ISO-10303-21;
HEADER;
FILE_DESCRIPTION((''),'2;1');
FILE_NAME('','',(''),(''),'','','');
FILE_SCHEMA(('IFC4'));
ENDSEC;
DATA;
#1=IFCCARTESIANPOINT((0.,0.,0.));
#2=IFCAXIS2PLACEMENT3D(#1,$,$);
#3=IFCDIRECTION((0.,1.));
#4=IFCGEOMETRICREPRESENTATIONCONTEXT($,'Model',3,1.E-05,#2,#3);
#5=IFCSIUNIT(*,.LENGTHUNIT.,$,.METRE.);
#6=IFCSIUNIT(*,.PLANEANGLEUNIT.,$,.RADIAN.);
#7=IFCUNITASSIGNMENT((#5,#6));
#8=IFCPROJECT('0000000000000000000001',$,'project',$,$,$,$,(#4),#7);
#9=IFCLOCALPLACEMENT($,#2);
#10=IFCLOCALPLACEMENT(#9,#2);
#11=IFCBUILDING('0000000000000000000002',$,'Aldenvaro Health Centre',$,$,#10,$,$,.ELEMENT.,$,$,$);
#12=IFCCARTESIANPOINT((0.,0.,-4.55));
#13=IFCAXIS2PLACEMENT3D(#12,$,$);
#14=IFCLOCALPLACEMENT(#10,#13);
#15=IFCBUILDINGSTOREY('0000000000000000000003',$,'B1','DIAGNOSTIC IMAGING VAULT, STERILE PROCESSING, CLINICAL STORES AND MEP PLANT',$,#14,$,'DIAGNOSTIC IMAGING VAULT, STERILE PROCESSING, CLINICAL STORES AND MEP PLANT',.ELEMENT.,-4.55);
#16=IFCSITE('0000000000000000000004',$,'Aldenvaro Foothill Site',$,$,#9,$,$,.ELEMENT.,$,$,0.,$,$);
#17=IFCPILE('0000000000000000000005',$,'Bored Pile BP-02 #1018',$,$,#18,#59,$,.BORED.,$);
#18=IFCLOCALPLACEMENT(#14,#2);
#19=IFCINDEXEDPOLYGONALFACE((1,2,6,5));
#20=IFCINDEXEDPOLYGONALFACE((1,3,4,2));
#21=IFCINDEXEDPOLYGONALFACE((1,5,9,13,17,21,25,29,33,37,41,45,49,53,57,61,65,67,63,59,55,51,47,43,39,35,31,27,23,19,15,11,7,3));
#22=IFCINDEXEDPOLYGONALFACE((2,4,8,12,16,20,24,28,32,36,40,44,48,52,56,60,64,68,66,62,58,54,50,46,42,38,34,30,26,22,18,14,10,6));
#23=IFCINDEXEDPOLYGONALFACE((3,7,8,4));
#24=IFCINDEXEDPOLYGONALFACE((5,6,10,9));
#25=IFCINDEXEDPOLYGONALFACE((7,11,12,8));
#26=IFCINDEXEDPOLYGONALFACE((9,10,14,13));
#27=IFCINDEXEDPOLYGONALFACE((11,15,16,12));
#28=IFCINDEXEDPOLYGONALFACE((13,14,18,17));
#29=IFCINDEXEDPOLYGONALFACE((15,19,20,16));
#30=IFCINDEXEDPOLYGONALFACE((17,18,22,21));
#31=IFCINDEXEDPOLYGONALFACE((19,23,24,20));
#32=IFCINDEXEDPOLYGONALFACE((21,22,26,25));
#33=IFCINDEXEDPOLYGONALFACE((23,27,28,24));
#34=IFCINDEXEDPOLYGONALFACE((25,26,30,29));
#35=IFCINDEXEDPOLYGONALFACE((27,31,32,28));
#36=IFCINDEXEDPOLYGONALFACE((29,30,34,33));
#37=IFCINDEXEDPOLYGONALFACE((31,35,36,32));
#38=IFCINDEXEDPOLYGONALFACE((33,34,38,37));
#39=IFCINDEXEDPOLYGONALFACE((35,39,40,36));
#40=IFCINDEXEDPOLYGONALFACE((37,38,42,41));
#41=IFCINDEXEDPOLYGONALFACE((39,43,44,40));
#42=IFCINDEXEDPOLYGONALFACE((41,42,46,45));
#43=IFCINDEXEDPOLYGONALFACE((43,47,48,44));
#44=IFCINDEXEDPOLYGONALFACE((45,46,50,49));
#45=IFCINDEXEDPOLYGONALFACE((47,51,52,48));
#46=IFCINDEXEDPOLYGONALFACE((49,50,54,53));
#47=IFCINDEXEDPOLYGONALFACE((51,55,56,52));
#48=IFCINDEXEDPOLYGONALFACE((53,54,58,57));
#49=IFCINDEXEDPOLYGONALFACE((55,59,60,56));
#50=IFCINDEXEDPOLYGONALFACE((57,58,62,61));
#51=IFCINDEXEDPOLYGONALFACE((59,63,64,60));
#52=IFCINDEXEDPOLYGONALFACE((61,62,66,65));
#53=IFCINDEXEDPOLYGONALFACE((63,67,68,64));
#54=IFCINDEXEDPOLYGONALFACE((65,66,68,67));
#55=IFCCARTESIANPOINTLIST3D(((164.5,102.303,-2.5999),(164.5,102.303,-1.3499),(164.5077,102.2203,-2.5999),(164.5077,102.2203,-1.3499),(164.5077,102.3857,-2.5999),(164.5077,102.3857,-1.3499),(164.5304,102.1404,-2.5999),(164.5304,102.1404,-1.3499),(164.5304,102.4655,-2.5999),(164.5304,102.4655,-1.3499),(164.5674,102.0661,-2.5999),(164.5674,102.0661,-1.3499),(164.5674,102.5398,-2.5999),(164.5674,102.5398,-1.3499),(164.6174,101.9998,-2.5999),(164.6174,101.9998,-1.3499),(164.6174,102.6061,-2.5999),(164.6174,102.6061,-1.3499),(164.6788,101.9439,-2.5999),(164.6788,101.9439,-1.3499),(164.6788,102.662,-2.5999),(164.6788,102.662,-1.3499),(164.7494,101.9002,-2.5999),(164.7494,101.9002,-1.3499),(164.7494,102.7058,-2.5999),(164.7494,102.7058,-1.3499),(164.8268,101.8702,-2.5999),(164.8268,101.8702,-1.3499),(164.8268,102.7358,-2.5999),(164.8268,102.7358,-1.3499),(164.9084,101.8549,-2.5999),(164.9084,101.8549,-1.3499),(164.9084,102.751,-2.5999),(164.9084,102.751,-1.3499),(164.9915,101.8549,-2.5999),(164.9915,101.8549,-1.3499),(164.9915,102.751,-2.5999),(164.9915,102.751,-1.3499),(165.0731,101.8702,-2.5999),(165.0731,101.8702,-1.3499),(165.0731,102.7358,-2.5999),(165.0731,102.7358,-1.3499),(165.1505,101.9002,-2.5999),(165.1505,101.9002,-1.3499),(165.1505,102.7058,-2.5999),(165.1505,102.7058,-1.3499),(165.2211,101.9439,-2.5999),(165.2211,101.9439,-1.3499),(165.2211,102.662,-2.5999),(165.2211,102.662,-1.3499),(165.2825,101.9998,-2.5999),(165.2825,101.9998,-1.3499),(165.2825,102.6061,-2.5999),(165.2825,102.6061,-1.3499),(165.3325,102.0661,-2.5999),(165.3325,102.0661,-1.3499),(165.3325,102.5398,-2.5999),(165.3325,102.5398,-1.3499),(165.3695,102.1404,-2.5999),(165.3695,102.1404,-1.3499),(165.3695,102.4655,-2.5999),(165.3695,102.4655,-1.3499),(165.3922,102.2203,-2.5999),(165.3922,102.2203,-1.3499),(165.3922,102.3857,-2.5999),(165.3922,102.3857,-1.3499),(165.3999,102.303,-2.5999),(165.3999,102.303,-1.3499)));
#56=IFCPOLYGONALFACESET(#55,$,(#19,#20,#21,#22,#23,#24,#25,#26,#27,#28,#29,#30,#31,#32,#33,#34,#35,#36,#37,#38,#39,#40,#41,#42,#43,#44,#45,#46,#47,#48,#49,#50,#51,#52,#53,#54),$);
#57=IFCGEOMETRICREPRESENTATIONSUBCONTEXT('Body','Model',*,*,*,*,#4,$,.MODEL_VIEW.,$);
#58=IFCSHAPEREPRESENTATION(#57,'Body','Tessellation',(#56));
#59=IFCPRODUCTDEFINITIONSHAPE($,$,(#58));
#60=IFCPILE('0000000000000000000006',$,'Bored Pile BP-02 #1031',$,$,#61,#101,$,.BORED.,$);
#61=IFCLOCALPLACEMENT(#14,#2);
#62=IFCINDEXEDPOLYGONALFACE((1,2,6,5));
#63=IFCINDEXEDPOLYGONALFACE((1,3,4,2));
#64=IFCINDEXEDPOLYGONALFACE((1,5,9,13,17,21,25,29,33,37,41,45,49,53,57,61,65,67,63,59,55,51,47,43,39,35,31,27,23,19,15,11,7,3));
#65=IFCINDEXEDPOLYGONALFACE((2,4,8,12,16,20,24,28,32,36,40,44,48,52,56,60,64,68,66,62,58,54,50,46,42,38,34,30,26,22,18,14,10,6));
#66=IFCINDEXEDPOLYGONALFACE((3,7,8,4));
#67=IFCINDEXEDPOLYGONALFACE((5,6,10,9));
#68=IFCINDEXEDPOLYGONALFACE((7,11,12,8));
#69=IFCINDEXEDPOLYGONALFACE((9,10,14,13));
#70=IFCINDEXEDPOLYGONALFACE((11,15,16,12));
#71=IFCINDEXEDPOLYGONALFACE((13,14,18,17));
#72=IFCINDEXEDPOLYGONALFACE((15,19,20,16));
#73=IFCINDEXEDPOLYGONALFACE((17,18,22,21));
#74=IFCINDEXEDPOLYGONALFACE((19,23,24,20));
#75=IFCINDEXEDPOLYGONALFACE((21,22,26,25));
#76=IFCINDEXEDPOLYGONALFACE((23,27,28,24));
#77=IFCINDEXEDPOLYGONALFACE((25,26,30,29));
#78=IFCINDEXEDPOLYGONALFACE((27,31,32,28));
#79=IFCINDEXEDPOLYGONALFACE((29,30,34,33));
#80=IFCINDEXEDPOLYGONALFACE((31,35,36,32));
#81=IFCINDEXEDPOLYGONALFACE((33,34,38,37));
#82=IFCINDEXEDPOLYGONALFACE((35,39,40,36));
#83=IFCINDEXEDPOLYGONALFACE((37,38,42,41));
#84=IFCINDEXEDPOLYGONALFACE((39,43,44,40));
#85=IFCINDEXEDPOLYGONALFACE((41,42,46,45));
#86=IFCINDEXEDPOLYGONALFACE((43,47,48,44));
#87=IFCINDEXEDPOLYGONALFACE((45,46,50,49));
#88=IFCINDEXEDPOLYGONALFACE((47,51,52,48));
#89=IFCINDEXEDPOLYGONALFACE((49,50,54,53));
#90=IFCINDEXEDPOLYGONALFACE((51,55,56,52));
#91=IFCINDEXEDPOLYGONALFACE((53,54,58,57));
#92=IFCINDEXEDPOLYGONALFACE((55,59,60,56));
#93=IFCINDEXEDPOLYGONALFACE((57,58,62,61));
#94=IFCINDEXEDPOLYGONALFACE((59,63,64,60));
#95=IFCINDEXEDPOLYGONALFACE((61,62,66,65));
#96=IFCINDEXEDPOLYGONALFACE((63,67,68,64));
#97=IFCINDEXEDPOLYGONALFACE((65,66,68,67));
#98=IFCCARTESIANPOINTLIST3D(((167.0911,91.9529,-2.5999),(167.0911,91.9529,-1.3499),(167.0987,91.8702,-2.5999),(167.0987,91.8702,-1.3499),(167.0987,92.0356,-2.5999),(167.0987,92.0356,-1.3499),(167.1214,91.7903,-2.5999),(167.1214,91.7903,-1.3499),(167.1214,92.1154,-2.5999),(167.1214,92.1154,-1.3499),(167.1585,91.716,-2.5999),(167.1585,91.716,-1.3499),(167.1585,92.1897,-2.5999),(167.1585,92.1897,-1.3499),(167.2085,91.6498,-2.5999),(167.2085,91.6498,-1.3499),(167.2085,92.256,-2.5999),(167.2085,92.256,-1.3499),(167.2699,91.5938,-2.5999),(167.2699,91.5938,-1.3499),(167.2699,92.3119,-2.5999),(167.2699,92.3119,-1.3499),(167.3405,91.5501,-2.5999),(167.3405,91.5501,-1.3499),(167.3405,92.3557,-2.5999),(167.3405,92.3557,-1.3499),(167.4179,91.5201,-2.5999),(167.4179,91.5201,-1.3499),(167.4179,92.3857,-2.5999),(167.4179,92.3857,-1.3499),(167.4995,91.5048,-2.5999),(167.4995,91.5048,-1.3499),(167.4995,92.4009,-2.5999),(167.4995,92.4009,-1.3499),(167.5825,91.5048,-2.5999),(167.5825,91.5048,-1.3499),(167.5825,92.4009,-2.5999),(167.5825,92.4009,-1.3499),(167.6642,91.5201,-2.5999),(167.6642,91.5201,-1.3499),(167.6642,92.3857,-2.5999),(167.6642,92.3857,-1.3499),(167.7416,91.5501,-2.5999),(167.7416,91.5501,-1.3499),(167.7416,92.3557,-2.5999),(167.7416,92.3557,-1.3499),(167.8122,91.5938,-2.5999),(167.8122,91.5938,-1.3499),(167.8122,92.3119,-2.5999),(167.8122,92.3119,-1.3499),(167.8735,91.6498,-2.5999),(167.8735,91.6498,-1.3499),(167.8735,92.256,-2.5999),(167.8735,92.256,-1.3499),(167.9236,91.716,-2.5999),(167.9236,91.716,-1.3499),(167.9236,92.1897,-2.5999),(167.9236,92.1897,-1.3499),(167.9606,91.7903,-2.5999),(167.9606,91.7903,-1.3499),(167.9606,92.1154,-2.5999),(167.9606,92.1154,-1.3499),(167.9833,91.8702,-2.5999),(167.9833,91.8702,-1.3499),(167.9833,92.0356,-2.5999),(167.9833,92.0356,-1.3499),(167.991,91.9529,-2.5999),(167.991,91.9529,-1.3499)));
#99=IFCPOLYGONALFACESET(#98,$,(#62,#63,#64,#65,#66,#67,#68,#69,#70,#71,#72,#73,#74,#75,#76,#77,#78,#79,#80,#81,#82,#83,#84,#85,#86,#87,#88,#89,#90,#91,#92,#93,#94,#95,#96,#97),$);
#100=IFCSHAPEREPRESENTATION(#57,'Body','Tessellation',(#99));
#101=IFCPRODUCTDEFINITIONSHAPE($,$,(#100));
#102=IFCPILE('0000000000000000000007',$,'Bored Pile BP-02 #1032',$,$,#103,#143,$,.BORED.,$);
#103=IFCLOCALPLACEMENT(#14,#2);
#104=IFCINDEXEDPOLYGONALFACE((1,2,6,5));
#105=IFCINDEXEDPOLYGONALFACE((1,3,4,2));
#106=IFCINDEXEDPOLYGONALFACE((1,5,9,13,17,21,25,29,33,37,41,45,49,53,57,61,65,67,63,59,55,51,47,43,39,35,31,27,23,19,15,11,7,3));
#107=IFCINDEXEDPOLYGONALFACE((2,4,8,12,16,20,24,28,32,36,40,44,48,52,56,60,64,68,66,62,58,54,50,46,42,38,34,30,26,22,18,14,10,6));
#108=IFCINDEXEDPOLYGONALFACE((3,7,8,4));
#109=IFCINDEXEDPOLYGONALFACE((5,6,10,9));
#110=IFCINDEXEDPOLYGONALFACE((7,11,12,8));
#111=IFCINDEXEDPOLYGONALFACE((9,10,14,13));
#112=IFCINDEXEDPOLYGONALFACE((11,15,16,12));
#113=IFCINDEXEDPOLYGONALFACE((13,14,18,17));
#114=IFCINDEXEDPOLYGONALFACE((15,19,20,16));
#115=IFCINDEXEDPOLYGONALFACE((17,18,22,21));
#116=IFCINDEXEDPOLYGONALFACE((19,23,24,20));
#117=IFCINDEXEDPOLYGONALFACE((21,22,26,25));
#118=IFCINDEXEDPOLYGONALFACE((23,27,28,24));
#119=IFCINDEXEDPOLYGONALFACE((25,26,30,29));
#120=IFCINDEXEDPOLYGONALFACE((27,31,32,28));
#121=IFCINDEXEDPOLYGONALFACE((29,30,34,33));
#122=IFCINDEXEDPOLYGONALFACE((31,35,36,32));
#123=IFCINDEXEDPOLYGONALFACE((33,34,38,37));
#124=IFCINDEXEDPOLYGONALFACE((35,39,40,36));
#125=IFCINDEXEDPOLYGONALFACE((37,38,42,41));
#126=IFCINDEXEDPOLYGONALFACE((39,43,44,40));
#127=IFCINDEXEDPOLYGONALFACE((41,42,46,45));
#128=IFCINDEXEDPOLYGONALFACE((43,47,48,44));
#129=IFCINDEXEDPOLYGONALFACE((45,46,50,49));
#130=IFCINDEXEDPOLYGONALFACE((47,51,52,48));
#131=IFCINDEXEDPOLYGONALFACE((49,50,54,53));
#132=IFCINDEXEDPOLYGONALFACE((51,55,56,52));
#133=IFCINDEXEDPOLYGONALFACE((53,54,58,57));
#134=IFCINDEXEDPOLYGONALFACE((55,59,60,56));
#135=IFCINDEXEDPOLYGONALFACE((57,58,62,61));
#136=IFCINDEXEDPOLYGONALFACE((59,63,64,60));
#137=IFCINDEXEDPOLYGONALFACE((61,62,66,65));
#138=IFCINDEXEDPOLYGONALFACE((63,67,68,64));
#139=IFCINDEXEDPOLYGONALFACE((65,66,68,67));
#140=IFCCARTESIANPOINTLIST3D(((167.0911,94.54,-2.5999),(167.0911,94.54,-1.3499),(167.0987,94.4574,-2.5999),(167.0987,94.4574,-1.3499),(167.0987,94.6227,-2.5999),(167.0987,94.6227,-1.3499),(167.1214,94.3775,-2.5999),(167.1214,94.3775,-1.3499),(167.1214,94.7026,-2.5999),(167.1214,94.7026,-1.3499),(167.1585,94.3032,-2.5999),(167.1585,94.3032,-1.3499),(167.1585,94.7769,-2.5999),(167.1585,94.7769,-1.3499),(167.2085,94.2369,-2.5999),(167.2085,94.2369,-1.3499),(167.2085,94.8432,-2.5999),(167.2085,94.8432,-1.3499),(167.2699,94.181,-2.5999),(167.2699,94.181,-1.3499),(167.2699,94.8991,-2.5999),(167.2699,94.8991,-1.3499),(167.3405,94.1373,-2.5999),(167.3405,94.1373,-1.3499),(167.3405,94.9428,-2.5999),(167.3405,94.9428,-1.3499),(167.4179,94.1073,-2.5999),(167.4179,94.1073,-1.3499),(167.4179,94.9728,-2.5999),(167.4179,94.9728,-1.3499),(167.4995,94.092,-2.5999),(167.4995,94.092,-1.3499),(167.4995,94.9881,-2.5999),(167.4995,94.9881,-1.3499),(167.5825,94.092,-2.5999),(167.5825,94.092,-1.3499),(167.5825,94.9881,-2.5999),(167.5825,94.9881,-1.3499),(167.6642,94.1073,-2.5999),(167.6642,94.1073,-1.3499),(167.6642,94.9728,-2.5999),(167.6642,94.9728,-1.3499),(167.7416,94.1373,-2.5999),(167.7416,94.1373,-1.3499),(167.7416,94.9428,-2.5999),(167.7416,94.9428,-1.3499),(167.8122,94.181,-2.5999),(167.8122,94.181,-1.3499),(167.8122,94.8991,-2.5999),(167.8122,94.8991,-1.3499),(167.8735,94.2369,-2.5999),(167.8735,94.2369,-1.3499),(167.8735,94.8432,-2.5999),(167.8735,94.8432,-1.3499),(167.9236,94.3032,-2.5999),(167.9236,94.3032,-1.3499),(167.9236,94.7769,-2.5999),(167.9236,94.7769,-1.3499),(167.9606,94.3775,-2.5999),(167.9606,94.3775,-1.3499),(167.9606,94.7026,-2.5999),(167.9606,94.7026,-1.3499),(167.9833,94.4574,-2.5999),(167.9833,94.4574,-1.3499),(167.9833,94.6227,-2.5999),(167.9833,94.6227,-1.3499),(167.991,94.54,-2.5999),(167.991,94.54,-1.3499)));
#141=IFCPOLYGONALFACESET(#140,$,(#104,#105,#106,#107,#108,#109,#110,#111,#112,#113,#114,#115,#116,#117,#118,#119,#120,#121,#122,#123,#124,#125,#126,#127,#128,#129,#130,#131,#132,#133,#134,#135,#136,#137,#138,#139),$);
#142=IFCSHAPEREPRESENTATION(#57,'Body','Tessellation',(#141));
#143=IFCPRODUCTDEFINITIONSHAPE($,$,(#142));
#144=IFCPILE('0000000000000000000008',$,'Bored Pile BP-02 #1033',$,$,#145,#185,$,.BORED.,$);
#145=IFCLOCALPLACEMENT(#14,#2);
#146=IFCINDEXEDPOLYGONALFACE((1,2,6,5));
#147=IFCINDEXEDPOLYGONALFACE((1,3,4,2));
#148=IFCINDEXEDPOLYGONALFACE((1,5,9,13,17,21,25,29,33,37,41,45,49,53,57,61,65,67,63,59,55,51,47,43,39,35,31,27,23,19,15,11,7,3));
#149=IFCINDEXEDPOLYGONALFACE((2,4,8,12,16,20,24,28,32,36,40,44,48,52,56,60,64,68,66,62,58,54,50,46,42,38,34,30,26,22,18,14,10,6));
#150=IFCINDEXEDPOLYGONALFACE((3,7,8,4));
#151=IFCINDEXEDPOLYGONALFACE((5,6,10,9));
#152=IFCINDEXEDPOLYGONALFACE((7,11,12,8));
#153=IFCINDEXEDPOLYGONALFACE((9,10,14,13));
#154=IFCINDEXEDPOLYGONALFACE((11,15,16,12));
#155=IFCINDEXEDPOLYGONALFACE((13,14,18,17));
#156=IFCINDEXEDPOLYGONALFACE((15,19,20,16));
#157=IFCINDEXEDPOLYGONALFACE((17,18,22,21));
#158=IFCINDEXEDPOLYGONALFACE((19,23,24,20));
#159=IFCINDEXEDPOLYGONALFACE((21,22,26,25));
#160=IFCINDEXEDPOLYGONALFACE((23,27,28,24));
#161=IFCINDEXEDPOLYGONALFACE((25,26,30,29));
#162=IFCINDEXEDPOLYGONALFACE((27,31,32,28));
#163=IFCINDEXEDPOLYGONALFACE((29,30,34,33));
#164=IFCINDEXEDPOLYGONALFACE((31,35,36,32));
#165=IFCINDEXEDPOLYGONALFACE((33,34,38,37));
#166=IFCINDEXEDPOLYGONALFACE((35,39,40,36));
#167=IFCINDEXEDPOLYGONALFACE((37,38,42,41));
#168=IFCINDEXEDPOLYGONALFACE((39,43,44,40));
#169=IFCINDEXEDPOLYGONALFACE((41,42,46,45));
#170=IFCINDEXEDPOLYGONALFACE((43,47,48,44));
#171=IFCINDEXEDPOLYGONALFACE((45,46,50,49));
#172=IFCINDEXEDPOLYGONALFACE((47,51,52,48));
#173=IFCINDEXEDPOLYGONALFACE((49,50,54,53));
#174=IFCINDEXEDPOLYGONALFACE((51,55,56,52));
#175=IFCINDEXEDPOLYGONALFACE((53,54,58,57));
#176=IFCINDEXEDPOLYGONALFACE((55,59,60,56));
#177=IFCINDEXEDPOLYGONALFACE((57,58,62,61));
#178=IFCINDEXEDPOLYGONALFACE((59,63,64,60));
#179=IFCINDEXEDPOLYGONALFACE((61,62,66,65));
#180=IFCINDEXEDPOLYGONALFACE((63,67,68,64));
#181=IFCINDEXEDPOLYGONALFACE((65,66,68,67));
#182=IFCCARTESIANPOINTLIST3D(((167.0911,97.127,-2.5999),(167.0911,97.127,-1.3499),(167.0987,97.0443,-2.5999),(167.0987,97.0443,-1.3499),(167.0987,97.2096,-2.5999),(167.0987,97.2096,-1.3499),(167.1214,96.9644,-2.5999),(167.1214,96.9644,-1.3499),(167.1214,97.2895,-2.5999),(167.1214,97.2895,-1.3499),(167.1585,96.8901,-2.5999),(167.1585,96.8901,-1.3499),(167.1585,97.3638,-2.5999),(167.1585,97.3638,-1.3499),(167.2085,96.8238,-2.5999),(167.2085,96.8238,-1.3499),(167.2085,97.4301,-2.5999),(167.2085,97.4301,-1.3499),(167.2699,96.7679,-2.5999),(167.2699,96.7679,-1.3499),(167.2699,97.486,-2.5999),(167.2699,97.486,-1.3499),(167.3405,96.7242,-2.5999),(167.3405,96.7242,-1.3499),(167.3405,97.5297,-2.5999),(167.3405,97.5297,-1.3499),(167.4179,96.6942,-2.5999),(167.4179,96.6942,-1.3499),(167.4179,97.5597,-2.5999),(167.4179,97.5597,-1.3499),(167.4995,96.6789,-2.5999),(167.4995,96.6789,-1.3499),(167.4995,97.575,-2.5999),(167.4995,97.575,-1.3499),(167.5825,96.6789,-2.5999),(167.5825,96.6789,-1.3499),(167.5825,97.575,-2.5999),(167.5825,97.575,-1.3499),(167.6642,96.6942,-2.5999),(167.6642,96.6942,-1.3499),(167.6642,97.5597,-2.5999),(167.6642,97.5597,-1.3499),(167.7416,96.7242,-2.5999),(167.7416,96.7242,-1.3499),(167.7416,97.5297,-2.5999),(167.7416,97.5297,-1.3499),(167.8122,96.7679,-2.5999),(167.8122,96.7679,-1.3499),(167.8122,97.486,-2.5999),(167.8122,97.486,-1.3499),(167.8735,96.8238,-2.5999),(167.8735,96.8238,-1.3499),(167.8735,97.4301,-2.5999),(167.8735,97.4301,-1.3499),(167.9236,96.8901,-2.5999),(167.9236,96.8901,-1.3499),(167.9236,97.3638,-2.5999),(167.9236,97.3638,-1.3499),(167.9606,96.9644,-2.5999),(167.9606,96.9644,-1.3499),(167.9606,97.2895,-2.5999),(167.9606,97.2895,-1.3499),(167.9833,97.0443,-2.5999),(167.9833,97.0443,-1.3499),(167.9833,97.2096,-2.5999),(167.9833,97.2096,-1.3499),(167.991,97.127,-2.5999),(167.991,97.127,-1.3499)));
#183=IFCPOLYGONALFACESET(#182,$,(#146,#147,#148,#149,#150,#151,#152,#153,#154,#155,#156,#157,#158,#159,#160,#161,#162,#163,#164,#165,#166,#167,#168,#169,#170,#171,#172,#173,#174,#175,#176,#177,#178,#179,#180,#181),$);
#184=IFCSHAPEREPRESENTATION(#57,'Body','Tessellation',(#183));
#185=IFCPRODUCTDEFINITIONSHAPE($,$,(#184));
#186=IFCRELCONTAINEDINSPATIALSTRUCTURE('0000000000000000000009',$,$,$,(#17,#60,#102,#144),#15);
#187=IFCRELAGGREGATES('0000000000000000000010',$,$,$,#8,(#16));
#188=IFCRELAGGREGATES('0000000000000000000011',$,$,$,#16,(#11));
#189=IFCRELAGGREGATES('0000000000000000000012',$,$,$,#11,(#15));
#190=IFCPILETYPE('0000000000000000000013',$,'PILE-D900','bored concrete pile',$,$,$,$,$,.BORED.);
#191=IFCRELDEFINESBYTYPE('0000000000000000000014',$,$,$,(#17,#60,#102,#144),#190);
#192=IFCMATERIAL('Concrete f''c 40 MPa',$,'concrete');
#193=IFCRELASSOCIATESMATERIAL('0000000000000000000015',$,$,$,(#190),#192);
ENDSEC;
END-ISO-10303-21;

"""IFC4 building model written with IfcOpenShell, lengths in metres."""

from ifc_helpers import new_model, si_unit, direction, frame, origin, origin_2d, place, context, subcontext, project, spatial, circle, extrude, material, material_profile, profile_set, type_object, element, save


model = new_model("IFC4")

# Units and contexts
model_context = context("Model", 3, precision=1e-05, world=origin(), true_north=direction((0.0, 1.0)))
body_context = subcontext(model_context, "Body", "Model", "MODEL_VIEW")
ifc_project = project(units=[si_unit("LENGTHUNIT", "METRE"), si_unit("PLANEANGLEUNIT", "RADIAN")], contexts=[model_context])

# Site, building, storey
site_placement = place(None, origin())
site = spatial("IfcSite", under=ifc_project, at=site_placement, Name="Aldenvaro Foothill Site", CompositionType="ELEMENT", RefElevation=0.0)
building_placement = place(site_placement, origin())
building = spatial("IfcBuilding", under=site, at=building_placement, Name="Aldenvaro Health Centre", CompositionType="ELEMENT")
storey_placement = place(building_placement, frame((0.0, 0.0, -4.55)))
storey = spatial("IfcBuildingStorey", under=building, at=storey_placement, Name="B1", Description="DIAGNOSTIC IMAGING VAULT, STERILE PROCESSING, CLINICAL STORES AND MEP PLANT", LongName="DIAGNOSTIC IMAGING VAULT, STERILE PROCESSING, CLINICAL STORES AND MEP PLANT", CompositionType="ELEMENT", Elevation=-4.55)

# Piles
ifc_material_1 = material(Name="Concrete f'c 40 MPa", Category="concrete")
ifc_material_profile_1 = material_profile(ifc_material_1, circle(Radius=0.45, at=origin_2d()), Name="PILE D900", Category="concrete")
ifc_profile_set_1 = profile_set([ifc_material_profile_1], Name="Concrete f'c 40 MPa")
pile_type = type_object("IfcPileType", Name="PILE-D900", Description="bored concrete pile", PredefinedType="BORED", material=ifc_profile_set_1)
for number, where, z_axis, x_axis, name in (
    (1, (164.95, 102.303, -1.3499), (0.0, 0.0, -1.0), (1.0, 0.0, 0.0), "Bored Pile BP-02 #1018"),
    (2, (167.541, 91.9529, -1.3499), (0.0, 0.0, -1.0), (1.0, 0.0, 0.0), "Bored Pile BP-02 #1031"),
    (3, (167.541, 94.54, -1.3499), (0.0, 0.0, -1.0), (1.0, 0.0, 0.0), "Bored Pile BP-02 #1032"),
    (4, (167.541, 97.127, -1.3499), (0.0, 0.0, -1.0), (1.0, 0.0, 0.0), "Bored Pile BP-02 #1033"),
):
    element("IfcPile", number, at=place(storey_placement, frame(where, z_axis=z_axis, x_axis=x_axis)), inside=storey, type_object=pile_type, Name=name, PredefinedType="BORED", context=body_context, shape_type="SweptSolid", body=[
        extrude(circle(Radius=0.45, at=origin_2d()), origin(), (0.0, 0.0, 1.0), 1.25),
    ])

save(model, "model.ifc")
